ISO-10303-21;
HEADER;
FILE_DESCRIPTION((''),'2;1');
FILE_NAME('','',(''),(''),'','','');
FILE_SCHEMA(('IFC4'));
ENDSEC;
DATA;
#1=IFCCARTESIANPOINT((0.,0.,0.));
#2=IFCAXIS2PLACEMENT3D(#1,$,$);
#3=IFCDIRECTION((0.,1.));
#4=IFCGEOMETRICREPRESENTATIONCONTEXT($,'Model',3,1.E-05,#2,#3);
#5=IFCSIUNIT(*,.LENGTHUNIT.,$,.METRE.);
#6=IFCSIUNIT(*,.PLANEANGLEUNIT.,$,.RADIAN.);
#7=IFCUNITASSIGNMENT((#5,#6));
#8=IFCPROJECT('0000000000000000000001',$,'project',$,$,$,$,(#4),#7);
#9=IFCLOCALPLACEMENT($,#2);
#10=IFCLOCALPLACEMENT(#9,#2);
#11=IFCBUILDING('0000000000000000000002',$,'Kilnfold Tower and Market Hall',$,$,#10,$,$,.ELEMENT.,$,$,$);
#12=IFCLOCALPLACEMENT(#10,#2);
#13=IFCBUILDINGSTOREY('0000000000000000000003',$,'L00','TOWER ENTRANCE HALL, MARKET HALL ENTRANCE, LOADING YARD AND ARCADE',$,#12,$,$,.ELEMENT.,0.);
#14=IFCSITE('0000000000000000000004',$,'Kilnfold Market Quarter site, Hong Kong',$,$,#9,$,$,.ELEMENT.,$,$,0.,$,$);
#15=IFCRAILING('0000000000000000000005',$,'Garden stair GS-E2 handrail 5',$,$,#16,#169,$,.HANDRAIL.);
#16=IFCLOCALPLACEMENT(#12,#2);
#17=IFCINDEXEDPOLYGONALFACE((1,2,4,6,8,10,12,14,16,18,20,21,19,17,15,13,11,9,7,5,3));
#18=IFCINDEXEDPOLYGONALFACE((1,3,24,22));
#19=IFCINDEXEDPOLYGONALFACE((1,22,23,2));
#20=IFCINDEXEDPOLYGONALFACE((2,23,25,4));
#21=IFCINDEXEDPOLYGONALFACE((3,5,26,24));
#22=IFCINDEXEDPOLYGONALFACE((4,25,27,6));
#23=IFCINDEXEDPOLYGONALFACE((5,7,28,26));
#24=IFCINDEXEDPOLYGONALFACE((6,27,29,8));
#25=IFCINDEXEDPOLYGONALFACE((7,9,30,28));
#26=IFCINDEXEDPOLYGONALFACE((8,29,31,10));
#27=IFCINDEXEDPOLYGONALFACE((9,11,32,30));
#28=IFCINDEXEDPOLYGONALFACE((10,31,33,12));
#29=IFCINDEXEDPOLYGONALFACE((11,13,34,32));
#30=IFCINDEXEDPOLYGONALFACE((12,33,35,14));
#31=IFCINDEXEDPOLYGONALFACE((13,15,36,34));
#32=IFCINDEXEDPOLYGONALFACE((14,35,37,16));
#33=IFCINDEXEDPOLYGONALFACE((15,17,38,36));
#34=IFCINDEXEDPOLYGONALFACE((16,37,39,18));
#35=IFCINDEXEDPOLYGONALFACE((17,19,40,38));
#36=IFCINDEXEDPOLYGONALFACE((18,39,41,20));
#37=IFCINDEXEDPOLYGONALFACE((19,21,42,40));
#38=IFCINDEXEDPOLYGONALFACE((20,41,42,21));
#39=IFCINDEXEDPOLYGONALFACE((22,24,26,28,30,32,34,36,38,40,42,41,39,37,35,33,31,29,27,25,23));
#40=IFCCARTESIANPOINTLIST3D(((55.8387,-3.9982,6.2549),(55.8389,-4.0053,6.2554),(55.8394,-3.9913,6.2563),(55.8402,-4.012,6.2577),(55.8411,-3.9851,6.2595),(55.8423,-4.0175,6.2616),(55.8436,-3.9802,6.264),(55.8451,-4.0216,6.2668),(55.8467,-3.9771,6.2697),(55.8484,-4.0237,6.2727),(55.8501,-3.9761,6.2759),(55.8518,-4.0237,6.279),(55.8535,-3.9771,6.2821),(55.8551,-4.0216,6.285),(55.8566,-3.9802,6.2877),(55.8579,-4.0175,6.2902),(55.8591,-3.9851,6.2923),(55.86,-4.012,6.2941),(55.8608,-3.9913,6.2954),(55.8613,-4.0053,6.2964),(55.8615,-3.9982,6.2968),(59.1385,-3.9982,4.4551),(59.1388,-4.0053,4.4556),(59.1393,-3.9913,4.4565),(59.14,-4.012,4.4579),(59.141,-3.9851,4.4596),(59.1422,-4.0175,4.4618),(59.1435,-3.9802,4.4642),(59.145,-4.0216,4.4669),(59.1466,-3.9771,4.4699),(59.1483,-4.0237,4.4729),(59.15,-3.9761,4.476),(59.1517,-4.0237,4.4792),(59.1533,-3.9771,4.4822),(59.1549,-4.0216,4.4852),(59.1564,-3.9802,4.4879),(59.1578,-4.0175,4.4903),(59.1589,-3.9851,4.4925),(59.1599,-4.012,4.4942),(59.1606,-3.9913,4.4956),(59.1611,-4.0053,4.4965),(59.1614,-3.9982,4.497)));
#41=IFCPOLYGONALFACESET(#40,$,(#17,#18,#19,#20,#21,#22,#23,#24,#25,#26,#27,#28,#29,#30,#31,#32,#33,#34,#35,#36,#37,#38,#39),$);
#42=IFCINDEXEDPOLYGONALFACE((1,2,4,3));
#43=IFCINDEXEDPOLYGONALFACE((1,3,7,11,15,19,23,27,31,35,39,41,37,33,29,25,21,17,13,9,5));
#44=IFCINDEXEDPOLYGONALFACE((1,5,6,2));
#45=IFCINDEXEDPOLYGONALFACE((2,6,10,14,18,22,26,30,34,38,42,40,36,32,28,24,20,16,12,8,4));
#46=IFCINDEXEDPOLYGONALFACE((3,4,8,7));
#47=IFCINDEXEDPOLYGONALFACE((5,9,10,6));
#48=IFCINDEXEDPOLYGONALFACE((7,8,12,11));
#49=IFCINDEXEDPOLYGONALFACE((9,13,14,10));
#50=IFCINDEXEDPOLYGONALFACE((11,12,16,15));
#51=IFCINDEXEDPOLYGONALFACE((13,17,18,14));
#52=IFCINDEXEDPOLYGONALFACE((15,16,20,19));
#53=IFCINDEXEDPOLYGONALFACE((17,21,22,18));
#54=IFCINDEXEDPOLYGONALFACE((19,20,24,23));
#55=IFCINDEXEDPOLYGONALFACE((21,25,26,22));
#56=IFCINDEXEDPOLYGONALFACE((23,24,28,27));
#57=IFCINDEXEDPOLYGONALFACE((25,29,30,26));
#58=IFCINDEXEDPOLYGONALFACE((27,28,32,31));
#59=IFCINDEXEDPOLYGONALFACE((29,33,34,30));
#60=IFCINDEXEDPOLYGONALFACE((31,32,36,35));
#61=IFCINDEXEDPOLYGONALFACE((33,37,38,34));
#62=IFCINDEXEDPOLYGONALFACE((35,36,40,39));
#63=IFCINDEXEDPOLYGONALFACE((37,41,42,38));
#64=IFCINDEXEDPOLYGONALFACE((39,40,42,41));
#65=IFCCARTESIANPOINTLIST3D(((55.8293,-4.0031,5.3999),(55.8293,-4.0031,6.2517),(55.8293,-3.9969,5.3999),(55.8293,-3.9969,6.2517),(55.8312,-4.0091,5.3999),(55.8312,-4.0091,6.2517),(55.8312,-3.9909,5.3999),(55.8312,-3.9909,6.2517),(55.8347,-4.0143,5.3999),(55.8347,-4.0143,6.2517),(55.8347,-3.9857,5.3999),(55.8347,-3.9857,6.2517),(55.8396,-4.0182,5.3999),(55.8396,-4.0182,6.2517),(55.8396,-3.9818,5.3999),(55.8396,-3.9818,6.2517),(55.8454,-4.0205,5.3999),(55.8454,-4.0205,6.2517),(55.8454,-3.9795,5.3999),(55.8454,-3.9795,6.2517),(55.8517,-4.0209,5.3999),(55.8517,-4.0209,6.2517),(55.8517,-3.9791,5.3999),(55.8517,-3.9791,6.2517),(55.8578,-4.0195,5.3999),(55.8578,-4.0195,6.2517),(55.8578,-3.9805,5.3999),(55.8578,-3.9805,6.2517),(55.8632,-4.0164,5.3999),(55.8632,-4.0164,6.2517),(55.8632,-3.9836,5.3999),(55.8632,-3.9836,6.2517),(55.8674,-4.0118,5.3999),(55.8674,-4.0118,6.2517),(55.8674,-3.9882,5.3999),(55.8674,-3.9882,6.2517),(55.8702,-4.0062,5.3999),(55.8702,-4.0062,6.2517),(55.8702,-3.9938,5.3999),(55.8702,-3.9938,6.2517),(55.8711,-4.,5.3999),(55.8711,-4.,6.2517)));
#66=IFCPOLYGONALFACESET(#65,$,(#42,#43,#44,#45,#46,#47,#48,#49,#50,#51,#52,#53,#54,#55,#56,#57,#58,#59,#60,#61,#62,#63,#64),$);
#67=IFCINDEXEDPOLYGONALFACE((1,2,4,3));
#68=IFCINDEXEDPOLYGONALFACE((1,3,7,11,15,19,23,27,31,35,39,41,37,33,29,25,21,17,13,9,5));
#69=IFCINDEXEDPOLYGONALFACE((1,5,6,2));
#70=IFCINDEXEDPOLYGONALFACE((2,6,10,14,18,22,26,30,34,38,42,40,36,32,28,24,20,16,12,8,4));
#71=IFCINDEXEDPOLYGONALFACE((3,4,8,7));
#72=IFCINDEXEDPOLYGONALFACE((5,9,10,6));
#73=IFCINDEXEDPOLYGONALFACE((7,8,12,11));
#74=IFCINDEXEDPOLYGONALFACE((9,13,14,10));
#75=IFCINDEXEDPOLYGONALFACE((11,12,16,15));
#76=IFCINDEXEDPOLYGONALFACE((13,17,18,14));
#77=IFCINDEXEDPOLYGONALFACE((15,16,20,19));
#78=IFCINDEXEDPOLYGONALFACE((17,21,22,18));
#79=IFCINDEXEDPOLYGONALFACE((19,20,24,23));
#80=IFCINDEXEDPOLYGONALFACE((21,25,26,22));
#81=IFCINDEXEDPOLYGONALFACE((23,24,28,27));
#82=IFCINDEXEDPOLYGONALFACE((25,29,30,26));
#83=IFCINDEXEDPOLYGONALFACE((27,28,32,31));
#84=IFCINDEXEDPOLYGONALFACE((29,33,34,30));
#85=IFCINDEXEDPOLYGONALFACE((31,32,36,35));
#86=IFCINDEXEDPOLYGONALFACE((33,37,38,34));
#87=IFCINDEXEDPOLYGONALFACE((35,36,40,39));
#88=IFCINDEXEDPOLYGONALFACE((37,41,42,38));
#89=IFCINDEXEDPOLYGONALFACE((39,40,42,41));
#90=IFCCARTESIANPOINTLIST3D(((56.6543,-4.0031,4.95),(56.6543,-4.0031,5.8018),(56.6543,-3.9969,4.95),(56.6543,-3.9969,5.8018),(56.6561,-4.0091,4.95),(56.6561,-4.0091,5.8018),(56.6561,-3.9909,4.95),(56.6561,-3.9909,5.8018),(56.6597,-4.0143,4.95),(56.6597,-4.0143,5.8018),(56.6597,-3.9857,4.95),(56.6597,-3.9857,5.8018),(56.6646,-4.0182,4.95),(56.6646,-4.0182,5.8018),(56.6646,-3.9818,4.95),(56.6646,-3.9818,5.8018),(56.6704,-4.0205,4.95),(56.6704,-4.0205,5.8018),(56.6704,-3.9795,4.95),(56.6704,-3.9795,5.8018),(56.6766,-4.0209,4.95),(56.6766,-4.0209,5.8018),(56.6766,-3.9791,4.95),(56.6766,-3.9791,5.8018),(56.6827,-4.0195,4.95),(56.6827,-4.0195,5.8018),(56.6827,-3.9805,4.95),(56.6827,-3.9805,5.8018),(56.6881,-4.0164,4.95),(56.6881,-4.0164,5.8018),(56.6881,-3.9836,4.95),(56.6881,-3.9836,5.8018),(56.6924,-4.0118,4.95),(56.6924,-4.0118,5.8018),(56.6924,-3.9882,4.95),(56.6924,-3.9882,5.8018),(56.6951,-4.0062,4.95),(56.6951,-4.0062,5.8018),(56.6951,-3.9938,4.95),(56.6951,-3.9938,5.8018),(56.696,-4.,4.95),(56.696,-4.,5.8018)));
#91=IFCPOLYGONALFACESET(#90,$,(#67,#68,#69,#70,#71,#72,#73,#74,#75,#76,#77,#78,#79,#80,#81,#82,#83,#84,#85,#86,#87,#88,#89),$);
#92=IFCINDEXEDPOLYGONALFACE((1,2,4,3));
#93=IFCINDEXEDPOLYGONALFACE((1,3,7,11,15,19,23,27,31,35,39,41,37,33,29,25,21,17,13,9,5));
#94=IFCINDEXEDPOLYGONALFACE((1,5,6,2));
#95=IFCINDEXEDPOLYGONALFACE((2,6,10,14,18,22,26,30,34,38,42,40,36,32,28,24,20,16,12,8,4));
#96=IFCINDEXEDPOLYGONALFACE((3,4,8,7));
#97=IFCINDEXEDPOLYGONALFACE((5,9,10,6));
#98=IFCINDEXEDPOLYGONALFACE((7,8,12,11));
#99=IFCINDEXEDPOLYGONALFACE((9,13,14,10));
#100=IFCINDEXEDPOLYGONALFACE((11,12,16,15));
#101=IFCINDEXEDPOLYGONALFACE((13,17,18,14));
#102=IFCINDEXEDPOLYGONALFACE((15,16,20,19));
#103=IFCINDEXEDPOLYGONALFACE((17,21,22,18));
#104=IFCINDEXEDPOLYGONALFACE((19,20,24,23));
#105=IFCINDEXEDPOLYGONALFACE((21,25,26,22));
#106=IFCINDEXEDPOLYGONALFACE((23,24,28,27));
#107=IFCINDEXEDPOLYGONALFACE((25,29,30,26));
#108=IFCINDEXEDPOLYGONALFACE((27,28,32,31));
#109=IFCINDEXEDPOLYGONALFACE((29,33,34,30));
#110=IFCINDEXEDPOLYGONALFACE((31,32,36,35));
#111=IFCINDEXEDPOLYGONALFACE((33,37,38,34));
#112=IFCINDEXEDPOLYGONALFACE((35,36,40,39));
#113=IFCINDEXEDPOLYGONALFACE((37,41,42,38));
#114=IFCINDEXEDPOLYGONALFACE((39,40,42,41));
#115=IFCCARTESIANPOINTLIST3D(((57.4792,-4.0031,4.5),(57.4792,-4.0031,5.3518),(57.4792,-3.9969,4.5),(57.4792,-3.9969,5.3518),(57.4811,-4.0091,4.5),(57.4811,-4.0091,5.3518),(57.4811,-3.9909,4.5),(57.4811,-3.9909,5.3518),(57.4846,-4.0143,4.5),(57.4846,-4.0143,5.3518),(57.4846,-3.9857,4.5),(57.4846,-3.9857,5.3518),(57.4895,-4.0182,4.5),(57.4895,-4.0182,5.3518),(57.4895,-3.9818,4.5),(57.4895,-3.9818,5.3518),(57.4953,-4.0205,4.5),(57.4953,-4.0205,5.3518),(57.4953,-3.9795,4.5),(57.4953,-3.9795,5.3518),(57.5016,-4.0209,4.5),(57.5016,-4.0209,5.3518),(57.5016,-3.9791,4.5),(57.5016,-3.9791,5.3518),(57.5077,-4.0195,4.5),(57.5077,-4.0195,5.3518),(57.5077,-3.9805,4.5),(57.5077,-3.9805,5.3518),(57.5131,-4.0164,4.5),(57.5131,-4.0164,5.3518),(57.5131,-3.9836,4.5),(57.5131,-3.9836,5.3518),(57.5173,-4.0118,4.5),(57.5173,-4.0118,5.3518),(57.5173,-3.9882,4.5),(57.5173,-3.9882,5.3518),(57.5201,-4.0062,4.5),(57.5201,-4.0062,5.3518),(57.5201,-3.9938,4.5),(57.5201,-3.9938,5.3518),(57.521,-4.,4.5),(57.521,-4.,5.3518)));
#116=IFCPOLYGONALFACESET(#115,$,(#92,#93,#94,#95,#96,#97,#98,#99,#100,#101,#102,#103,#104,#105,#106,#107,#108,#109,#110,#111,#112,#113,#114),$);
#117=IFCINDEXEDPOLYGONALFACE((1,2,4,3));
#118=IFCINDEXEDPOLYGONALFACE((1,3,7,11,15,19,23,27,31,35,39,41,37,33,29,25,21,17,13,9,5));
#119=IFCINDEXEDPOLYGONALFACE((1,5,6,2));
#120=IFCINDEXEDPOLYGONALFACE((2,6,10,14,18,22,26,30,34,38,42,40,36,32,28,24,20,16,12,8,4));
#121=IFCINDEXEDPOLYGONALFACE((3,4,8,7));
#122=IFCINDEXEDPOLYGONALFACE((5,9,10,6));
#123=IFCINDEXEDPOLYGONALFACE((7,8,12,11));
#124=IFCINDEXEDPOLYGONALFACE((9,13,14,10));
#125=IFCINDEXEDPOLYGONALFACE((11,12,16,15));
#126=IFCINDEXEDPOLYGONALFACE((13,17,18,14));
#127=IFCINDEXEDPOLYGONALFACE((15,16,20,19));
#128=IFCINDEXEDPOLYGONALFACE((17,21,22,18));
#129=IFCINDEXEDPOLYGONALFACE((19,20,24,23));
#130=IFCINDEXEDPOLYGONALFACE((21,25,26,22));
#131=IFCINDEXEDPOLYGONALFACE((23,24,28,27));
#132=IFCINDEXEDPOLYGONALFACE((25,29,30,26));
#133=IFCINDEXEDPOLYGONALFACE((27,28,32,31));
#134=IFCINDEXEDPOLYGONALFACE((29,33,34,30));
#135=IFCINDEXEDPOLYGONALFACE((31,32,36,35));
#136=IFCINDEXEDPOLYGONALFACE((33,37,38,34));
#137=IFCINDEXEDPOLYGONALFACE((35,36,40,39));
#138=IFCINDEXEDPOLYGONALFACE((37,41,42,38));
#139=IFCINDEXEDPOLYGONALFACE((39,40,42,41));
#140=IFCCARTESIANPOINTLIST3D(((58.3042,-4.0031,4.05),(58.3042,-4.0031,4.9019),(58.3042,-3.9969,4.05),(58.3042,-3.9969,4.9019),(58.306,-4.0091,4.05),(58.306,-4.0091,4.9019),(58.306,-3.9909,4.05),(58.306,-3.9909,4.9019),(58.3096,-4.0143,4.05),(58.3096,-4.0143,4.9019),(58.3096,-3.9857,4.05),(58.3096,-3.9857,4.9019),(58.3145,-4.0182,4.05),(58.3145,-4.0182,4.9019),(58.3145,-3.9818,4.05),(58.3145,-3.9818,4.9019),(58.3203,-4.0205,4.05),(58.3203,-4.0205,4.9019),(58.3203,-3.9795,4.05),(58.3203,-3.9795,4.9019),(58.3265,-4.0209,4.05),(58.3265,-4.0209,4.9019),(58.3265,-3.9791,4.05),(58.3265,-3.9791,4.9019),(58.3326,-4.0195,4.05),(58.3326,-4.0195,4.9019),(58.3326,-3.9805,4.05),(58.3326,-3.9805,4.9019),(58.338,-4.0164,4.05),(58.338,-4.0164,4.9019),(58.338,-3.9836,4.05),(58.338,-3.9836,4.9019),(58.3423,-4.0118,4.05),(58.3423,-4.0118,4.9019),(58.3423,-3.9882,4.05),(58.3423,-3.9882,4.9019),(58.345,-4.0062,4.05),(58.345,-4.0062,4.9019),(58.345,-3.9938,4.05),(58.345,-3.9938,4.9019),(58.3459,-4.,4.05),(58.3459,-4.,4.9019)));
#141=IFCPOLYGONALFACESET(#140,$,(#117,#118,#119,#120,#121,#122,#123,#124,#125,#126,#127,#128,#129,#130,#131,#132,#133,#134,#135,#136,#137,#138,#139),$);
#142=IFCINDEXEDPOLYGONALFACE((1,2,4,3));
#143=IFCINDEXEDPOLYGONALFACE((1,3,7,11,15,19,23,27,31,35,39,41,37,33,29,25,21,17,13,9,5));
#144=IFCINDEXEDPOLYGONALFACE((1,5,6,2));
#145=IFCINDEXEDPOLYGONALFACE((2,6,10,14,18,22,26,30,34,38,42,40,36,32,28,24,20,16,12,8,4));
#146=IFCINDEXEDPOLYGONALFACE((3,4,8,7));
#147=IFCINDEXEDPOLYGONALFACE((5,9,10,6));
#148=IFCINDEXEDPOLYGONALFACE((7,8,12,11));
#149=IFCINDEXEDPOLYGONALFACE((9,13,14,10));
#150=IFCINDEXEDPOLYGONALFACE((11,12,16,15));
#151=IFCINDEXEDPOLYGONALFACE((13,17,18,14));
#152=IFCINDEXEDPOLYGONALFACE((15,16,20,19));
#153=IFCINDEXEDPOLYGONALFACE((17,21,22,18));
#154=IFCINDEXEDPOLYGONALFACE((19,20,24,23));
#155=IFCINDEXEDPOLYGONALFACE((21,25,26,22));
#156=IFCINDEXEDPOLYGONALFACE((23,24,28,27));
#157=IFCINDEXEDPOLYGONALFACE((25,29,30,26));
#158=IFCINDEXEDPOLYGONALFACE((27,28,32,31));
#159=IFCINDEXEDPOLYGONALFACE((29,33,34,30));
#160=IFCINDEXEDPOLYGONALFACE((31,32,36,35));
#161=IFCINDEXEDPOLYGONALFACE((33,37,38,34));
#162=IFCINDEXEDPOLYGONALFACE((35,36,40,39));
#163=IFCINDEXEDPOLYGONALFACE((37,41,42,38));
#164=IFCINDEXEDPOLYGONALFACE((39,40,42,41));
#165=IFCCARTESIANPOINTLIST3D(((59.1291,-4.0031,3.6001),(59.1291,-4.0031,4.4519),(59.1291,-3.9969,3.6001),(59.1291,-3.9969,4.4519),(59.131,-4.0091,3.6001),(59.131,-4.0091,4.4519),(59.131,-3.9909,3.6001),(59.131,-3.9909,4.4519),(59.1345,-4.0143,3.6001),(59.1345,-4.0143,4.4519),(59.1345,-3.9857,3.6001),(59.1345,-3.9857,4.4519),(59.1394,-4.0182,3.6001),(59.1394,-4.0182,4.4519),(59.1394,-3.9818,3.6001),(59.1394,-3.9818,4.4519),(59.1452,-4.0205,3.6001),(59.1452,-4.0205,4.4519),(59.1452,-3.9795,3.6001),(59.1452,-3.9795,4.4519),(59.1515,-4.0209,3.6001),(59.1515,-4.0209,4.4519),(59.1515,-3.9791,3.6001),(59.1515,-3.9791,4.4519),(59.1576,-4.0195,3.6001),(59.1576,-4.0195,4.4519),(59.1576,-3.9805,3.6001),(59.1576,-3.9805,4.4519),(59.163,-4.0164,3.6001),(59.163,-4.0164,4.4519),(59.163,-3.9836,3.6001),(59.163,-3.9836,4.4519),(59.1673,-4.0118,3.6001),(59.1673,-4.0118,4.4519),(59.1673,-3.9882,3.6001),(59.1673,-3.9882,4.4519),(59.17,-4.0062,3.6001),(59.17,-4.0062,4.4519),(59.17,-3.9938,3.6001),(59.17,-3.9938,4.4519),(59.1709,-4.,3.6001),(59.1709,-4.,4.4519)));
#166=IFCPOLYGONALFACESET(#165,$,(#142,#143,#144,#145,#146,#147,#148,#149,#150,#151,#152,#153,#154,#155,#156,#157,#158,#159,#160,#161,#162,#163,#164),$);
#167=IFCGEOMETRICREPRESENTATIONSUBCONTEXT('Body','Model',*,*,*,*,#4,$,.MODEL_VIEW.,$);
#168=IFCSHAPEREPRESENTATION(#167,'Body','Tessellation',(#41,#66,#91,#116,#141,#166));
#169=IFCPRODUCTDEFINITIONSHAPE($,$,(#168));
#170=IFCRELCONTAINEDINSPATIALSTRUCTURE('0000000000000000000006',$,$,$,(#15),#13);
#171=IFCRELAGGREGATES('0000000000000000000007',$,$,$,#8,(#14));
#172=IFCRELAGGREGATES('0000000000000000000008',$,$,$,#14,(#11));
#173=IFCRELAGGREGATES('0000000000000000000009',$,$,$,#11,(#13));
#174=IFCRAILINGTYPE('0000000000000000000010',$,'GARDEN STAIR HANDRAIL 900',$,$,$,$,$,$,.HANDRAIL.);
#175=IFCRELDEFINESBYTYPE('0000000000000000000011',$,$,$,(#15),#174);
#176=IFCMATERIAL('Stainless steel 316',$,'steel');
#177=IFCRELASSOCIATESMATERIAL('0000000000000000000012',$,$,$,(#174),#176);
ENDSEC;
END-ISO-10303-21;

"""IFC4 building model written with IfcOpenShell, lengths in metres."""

from ifc_helpers import new_model, si_unit, direction, frame, origin, origin_2d, place, context, subcontext, project, spatial, circle, extrude, material, type_object, element, save


model = new_model("IFC4")

# Units and contexts
model_context = context("Model", 3, precision=1e-05, world=origin(), true_north=direction((0.0, 1.0)))
body_context = subcontext(model_context, "Body", "Model", "MODEL_VIEW")
ifc_project = project(units=[si_unit("LENGTHUNIT", "METRE"), si_unit("PLANEANGLEUNIT", "RADIAN")], contexts=[model_context])

# Site, building, storey
site_placement = place(None, origin())
site = spatial("IfcSite", under=ifc_project, at=site_placement, Name="Kilnfold Market Quarter site, Hong Kong", CompositionType="ELEMENT", RefElevation=0.0)
building_placement = place(site_placement, origin())
building = spatial("IfcBuilding", under=site, at=building_placement, Name="Kilnfold Tower and Market Hall", CompositionType="ELEMENT")
storey_placement = place(building_placement, origin())
storey = spatial("IfcBuildingStorey", under=building, at=storey_placement, Name="L00", Description="TOWER ENTRANCE HALL, MARKET HALL ENTRANCE, LOADING YARD AND ARCADE", CompositionType="ELEMENT", Elevation=0.0)

# Railing
ifc_material_1 = material(Name="Stainless steel 316", Category="steel")
railing_type_1 = type_object("IfcRailingType", Name="GARDEN STAIR HANDRAIL 900", PredefinedType="HANDRAIL", material=ifc_material_1)
railing_1_placement = place(storey_placement, frame((55.8501, -4.0, 5.3999)))
element("IfcRailing", 1, at=railing_1_placement, inside=storey, type_object=railing_type_1, Name="Garden stair GS-E2 handrail 5", PredefinedType="HANDRAIL", context=body_context, shape_type="SweptSolid", body=[
    extrude(circle(Radius=0.0239, at=origin_2d()), frame((0.0, 0.0, 0.876), z_axis=(0.877906, 0.0, -0.478834), x_axis=(0.0, 1.0, 0.0)), (0.0, 0.0, 1.0), 3.7588),
    extrude(circle(Radius=0.021, at=origin_2d()), origin(), (0.0, 0.0, 1.0), 0.8518),
    extrude(circle(Radius=0.021, at=origin_2d()), frame((0.825, 0.0, -0.45)), (0.0, 0.0, 1.0), 0.8518),
    extrude(circle(Radius=0.021, at=origin_2d()), frame((1.6499, 0.0, -0.8999)), (0.0, 0.0, 1.0), 0.8518),
    extrude(circle(Radius=0.021, at=origin_2d()), frame((2.4749, 0.0, -1.3499)), (0.0, 0.0, 1.0), 0.8518),
    extrude(circle(Radius=0.021, at=origin_2d()), frame((3.2998, 0.0, -1.7998)), (0.0, 0.0, 1.0), 0.8518),
])

save(model, "model.ifc")
